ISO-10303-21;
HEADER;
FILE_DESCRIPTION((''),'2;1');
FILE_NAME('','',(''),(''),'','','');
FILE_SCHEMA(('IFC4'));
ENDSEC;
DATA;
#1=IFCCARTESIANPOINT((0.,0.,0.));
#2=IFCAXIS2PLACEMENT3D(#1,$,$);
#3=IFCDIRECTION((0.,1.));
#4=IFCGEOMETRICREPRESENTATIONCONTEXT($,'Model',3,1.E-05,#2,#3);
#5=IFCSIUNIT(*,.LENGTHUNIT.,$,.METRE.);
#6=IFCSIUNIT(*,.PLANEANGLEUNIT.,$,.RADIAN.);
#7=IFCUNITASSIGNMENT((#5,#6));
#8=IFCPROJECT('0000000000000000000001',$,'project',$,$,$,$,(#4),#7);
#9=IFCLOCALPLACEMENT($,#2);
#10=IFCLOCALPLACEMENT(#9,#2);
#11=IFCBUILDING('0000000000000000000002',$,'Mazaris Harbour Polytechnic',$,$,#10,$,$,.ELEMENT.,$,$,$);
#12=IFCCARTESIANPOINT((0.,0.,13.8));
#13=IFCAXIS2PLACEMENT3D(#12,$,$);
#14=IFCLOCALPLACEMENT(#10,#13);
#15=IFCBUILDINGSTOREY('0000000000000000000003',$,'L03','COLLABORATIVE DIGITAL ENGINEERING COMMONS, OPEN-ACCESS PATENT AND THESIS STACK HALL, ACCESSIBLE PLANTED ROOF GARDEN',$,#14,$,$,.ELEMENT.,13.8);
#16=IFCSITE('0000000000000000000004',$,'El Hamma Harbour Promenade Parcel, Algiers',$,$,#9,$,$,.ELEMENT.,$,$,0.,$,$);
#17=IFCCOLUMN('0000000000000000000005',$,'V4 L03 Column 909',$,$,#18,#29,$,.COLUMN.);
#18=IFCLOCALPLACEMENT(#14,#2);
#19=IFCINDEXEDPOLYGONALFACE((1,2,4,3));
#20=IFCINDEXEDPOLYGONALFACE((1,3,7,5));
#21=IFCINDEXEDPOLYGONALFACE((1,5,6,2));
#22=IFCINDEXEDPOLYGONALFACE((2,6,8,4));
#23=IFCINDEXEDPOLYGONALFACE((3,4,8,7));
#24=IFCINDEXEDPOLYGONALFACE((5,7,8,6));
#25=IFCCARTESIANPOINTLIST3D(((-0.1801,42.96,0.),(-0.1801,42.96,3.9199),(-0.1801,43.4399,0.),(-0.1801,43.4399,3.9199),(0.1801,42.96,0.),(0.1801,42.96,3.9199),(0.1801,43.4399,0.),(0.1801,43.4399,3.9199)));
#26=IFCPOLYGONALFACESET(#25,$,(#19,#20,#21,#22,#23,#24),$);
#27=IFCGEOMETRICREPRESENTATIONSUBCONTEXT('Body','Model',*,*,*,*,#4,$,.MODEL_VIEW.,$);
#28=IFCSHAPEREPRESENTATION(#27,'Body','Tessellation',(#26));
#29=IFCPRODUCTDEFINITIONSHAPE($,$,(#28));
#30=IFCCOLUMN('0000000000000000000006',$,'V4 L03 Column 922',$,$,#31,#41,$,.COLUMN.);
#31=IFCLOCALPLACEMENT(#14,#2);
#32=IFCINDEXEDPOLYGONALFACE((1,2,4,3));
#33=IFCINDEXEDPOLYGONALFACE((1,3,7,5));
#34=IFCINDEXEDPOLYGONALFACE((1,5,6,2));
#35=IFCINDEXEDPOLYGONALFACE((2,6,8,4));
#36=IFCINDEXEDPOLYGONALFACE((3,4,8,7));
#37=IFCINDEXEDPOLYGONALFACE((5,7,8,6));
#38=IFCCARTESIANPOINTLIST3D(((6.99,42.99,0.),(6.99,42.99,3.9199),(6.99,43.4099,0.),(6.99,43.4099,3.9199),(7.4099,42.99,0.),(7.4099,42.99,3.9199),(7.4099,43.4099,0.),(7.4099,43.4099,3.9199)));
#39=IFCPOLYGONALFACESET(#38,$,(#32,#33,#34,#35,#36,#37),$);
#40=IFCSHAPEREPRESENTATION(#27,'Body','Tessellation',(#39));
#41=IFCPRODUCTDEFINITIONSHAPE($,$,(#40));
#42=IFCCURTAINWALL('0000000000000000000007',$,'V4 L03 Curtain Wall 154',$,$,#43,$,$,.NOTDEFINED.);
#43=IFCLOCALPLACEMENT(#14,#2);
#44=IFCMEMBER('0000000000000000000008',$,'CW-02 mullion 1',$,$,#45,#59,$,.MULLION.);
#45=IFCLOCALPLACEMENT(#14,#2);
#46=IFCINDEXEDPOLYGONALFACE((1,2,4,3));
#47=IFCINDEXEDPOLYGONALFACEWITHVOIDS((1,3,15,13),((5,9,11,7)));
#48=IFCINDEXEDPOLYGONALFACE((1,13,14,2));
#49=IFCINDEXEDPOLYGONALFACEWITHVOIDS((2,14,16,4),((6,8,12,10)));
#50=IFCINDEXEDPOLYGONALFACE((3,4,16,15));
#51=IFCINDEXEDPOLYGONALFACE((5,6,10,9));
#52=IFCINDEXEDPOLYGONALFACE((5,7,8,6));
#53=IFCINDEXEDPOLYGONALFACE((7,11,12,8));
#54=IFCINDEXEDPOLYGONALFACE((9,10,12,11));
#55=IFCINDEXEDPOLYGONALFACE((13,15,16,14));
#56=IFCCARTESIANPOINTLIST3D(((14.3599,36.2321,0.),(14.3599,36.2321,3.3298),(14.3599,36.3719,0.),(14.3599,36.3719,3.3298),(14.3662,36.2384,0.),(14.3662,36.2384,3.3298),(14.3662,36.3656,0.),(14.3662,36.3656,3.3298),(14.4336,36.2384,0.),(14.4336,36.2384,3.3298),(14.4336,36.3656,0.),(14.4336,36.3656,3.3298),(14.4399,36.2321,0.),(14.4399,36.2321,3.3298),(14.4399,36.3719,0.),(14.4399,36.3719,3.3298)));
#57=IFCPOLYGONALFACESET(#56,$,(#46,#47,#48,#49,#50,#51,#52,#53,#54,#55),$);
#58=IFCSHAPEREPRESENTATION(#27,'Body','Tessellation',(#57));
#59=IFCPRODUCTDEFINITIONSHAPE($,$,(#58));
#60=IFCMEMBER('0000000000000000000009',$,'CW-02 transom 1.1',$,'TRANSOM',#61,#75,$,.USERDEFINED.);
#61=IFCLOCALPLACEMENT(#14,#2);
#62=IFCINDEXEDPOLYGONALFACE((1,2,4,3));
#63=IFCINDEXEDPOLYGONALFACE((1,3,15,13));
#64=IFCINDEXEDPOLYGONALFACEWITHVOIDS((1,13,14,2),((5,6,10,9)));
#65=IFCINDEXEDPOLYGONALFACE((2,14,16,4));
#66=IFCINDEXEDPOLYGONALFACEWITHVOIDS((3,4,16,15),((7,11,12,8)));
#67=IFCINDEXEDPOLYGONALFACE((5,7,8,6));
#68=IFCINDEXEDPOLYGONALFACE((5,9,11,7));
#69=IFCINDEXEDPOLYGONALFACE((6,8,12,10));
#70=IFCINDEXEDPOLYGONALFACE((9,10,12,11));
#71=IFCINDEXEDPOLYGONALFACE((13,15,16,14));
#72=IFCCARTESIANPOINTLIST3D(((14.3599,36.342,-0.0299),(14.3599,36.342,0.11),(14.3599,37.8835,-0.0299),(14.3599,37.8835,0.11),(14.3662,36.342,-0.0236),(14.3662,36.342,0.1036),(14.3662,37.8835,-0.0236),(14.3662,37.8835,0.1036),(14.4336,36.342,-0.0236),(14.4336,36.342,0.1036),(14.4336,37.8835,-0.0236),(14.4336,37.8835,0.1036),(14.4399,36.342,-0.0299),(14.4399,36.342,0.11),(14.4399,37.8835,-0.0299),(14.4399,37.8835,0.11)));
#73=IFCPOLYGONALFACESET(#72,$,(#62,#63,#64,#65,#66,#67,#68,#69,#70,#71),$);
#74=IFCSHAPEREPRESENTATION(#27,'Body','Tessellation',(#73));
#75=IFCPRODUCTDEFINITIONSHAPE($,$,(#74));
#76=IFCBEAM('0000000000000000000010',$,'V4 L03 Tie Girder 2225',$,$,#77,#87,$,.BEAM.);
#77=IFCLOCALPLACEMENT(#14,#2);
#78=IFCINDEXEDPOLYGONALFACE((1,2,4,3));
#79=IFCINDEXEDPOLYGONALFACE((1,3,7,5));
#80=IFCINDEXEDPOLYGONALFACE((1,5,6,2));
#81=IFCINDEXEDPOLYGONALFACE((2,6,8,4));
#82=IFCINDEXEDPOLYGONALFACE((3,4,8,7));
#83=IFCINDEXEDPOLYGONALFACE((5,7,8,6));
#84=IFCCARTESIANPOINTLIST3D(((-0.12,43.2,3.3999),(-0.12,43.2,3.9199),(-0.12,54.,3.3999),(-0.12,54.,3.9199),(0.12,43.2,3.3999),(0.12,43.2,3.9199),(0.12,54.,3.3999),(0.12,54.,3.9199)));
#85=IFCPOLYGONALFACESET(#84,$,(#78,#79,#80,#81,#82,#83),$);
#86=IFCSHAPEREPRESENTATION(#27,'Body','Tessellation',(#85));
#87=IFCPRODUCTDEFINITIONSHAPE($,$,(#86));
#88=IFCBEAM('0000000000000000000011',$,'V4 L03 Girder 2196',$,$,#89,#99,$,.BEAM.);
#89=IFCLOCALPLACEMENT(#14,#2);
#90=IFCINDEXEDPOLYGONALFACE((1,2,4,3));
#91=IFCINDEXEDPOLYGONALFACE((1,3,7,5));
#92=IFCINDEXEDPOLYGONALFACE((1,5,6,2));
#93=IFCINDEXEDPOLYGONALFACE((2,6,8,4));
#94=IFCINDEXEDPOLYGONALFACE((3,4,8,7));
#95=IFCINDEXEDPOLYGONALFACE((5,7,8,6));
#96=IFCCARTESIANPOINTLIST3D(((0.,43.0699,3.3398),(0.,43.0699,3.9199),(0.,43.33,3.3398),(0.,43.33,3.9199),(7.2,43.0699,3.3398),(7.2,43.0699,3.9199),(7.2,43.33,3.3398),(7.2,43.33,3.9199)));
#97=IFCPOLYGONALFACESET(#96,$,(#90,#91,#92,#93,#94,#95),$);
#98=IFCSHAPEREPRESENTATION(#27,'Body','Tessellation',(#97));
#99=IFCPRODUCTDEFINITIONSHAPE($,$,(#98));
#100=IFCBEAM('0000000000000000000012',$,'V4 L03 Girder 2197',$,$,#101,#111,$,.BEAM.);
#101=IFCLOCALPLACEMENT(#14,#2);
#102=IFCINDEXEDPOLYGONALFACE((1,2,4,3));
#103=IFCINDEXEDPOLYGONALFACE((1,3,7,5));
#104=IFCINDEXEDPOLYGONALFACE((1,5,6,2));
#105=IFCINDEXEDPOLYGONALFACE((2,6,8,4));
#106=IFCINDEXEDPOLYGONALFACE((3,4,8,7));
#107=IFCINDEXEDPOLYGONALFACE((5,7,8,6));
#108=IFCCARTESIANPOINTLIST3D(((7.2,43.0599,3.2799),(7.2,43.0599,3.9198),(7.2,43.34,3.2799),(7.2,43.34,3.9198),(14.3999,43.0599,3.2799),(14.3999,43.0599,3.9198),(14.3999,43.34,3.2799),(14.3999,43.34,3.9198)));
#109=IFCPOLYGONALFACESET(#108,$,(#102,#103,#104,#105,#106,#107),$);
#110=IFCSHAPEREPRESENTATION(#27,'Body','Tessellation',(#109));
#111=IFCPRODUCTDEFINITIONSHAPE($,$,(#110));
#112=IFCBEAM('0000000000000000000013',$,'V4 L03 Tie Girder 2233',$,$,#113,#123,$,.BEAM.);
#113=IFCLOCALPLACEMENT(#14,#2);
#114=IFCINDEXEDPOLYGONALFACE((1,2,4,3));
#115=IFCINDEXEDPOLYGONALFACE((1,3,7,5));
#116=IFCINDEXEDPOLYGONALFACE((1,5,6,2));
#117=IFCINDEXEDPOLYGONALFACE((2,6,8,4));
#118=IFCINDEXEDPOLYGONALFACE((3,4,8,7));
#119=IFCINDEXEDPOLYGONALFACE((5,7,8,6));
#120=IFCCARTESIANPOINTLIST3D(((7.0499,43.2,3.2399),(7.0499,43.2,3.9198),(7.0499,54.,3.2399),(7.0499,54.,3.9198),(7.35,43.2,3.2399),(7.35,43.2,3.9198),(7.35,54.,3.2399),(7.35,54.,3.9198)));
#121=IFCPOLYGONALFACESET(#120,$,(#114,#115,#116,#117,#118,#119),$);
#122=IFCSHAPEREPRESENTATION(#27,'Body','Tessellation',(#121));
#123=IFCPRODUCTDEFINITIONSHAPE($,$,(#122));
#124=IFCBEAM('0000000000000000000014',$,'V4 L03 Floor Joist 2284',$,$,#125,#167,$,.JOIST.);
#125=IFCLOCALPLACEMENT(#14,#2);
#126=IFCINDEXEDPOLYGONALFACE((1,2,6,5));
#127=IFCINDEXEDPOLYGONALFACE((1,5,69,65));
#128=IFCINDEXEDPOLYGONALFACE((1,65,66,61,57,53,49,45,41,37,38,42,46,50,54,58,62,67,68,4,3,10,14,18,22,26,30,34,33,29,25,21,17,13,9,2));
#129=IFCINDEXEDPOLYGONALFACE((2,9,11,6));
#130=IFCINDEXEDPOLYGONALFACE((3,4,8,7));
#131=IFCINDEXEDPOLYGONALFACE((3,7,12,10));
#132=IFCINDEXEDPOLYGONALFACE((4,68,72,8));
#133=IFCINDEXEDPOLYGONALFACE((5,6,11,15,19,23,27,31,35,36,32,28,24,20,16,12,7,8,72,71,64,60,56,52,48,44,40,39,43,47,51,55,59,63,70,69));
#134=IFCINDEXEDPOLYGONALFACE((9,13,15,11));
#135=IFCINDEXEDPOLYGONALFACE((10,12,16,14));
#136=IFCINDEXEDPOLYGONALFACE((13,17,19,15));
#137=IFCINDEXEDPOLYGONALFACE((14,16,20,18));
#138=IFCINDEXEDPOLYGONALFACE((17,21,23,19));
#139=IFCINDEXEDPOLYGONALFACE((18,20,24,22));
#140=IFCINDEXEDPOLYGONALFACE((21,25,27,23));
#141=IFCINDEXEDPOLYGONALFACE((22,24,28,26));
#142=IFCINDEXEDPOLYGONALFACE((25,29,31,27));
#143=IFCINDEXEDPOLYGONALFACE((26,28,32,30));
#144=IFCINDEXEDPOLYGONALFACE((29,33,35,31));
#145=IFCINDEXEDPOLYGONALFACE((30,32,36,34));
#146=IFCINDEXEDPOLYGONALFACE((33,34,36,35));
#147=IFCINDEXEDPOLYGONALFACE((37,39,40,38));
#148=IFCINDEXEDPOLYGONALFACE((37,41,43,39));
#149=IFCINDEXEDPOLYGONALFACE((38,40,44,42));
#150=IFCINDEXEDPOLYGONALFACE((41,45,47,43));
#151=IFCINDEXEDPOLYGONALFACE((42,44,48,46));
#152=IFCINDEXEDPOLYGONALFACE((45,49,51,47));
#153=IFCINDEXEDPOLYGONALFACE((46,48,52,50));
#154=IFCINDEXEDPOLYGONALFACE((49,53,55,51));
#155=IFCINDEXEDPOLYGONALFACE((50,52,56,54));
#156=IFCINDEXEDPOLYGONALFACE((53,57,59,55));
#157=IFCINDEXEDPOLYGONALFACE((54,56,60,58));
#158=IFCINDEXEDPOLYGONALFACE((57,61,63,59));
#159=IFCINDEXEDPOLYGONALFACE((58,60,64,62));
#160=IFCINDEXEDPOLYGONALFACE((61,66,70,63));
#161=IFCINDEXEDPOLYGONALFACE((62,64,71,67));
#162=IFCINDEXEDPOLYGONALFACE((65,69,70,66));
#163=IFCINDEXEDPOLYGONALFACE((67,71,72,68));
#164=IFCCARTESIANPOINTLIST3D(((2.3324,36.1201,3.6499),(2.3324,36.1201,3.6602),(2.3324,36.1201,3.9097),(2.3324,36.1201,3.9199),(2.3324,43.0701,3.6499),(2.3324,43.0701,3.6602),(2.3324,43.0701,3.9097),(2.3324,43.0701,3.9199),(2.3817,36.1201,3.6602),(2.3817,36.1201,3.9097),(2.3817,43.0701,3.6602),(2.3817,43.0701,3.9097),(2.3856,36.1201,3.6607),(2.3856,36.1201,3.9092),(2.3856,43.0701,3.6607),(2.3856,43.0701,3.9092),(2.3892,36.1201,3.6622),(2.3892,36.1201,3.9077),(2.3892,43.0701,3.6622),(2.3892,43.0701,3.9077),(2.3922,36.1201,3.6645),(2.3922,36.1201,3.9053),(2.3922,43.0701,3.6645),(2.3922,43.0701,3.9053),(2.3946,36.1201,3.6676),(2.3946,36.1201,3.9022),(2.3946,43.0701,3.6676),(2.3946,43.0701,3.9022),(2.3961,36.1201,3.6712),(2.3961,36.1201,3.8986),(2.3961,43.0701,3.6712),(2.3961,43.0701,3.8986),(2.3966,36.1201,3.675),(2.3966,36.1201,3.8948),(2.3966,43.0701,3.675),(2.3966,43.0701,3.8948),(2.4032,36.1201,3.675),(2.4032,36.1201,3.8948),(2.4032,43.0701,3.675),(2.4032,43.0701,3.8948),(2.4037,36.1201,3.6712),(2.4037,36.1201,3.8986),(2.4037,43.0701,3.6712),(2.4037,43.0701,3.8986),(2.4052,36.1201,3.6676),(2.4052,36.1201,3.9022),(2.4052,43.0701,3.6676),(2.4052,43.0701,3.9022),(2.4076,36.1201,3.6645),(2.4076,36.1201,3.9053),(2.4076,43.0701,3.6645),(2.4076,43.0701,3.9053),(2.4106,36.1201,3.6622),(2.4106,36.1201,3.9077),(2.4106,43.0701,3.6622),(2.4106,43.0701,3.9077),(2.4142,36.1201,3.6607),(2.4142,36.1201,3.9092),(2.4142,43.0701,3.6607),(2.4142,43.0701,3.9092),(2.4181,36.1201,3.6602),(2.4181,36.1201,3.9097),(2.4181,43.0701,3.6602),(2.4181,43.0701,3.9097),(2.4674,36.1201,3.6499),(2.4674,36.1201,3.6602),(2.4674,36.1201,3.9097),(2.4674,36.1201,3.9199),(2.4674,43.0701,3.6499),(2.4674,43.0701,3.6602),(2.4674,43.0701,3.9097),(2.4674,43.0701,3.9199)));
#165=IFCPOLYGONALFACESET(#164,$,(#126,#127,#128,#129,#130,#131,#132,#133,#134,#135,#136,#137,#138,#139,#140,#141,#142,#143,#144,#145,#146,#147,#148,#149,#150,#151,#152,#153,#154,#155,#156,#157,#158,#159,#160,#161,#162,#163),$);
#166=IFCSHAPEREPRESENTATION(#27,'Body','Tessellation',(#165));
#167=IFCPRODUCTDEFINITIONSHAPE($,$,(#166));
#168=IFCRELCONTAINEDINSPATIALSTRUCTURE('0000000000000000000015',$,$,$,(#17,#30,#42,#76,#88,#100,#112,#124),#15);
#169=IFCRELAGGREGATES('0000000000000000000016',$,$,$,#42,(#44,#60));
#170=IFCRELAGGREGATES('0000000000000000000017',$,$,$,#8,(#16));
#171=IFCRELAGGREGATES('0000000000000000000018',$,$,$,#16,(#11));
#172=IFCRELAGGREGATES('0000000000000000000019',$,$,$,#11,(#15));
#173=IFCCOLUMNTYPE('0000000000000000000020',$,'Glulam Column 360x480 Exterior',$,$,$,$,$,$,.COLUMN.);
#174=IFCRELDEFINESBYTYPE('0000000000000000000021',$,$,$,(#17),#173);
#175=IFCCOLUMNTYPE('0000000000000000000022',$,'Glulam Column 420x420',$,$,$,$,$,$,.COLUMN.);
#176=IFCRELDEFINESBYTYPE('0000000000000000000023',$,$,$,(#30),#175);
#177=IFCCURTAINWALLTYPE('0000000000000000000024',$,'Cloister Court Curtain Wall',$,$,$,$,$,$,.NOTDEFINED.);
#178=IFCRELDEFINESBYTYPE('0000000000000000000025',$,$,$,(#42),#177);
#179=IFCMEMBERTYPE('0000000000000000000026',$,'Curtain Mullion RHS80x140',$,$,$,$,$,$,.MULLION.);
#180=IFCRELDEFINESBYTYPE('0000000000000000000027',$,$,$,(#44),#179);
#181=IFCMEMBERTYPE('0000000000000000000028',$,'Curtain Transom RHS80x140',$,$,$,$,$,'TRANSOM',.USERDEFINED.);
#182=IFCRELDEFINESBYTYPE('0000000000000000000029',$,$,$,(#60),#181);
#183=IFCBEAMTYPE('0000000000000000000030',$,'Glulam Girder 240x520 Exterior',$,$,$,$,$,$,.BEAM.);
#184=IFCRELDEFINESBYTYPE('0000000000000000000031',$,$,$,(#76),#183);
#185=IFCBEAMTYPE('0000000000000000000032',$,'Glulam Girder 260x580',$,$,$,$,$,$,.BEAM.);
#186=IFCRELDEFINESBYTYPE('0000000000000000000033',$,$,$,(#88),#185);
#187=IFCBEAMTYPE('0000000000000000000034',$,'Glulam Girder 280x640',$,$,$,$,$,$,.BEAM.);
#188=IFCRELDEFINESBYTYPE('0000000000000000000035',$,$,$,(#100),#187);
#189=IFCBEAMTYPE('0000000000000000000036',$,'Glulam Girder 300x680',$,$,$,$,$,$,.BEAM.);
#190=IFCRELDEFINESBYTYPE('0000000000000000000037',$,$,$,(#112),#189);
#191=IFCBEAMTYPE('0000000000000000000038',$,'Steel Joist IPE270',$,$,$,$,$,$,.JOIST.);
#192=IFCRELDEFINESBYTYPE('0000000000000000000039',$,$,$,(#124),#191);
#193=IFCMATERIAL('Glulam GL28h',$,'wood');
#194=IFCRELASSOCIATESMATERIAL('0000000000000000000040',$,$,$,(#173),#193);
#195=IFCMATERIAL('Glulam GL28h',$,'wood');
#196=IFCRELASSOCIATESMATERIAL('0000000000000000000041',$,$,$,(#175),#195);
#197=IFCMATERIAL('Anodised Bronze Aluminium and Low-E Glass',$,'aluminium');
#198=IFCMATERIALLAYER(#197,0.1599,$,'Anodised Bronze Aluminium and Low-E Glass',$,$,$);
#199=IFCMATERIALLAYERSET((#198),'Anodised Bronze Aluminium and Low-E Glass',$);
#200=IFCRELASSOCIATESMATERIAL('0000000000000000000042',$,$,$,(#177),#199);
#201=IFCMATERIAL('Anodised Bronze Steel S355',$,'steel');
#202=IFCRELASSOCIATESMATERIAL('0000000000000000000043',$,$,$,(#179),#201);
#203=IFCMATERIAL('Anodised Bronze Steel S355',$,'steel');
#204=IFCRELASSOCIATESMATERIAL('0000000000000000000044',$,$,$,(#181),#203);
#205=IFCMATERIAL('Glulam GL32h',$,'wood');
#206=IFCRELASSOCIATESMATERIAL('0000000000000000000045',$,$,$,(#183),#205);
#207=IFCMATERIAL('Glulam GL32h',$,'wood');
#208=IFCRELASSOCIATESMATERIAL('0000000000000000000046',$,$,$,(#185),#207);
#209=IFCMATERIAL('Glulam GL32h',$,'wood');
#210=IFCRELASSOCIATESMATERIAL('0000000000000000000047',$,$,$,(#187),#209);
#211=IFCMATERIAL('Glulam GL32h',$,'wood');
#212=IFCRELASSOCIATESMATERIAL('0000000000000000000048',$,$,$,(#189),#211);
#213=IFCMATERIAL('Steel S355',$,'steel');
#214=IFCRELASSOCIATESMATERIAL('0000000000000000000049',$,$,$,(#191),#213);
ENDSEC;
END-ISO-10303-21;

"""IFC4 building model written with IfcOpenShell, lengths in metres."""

from ifc_helpers import new_model, si_unit, direction, frame, origin, origin_2d, place, context, subcontext, project, spatial, rectangle, hollow_rectangle, i_section, extrude, material, layer, layer_set, material_profile, profile_set, type_object, element, aggregate, save


model = new_model("IFC4")

# Units and contexts
model_context = context("Model", 3, precision=1e-05, world=origin(), true_north=direction((0.0, 1.0)))
body_context = subcontext(model_context, "Body", "Model", "MODEL_VIEW")
ifc_project = project(units=[si_unit("LENGTHUNIT", "METRE"), si_unit("PLANEANGLEUNIT", "RADIAN")], contexts=[model_context])

# Site, building, storey
site_placement = place(None, origin())
site = spatial("IfcSite", under=ifc_project, at=site_placement, Name="El Hamma Harbour Promenade Parcel, Algiers", CompositionType="ELEMENT", RefElevation=0.0)
building_placement = place(site_placement, origin())
building = spatial("IfcBuilding", under=site, at=building_placement, Name="Mazaris Harbour Polytechnic", CompositionType="ELEMENT")
storey_placement = place(building_placement, frame((0.0, 0.0, 13.8)))
storey = spatial("IfcBuildingStorey", under=building, at=storey_placement, Name="L03", Description="COLLABORATIVE DIGITAL ENGINEERING COMMONS, OPEN-ACCESS PATENT AND THESIS STACK HALL, ACCESSIBLE PLANTED ROOF GARDEN", CompositionType="ELEMENT", Elevation=13.8)

# Columns
ifc_material_1 = material(Name="Glulam GL28h", Category="wood")
ifc_material_profile_1 = material_profile(ifc_material_1, rectangle(XDim=0.3601, YDim=0.48, at=origin_2d()), Name="RECT360x480")
ifc_profile_set_1 = profile_set([ifc_material_profile_1], Name="Glulam GL28h")
column_type_1 = type_object("IfcColumnType", Name="Glulam Column 360x480 Exterior", PredefinedType="COLUMN", material=ifc_profile_set_1)
column_1_placement = place(storey_placement, frame((0.0, 43.2, 0.0), z_axis=(0.0, 0.0, 1.0), x_axis=(1.0, 0.0, 0.0)))
element("IfcColumn", 1, at=column_1_placement, inside=storey, type_object=column_type_1, Name="V4 L03 Column 909", PredefinedType="COLUMN", context=body_context, shape_type="SweptSolid", body=[
    extrude(rectangle(XDim=0.3601, YDim=0.48, at=origin_2d()), origin(), (0.0, 0.0, 1.0), 3.9199),
])
ifc_material_2 = material(Name="Glulam GL28h", Category="wood")
ifc_material_profile_2 = material_profile(ifc_material_2, rectangle(XDim=0.4199, YDim=0.4199, at=origin_2d()), Name="RECT420x420")
ifc_profile_set_2 = profile_set([ifc_material_profile_2], Name="Glulam GL28h")
column_type_2 = type_object("IfcColumnType", Name="Glulam Column 420x420", PredefinedType="COLUMN", material=ifc_profile_set_2)
column_2_placement = place(storey_placement, frame((7.2, 43.2, 0.0), z_axis=(0.0, 0.0, 1.0), x_axis=(1.0, 0.0, 0.0)))
element("IfcColumn", 2, at=column_2_placement, inside=storey, type_object=column_type_2, Name="V4 L03 Column 922", PredefinedType="COLUMN", context=body_context, shape_type="SweptSolid", body=[
    extrude(rectangle(XDim=0.4199, YDim=0.4199, at=origin_2d()), origin(), (0.0, 0.0, 1.0), 3.9199),
])

# Curtain wall, members
ifc_material_3 = material(Name="Anodised Bronze Aluminium and Low-E Glass", Category="aluminium")
ifc_layer_1 = layer(ifc_material_3, 0.1599, Name="Anodised Bronze Aluminium and Low-E Glass")
ifc_layer_set_1 = layer_set([ifc_layer_1], Name="Anodised Bronze Aluminium and Low-E Glass")
curtain_wall_type = type_object("IfcCurtainWallType", Name="Cloister Court Curtain Wall", PredefinedType="NOTDEFINED", material=ifc_layer_set_1)
curtain_wall_placement = place(storey_placement, origin())
curtain_wall = element("IfcCurtainWall", 3, at=curtain_wall_placement, inside=storey, type_object=curtain_wall_type, Name="V4 L03 Curtain Wall 154", PredefinedType="NOTDEFINED")
ifc_material_4 = material(Name="Anodised Bronze Steel S355", Category="steel")
ifc_material_profile_3 = material_profile(ifc_material_4, hollow_rectangle(XDim=0.0801, YDim=0.1399, WallThickness=0.0063, at=origin_2d()), Name="RHS 80x140x6.3")
ifc_profile_set_3 = profile_set([ifc_material_profile_3], Name="Anodised Bronze Steel S355")
member_type_1 = type_object("IfcMemberType", Name="Curtain Mullion RHS80x140", PredefinedType="MULLION", material=ifc_profile_set_3)
member_1_placement = place(storey_placement, frame((14.3999, 36.302, 0.0), z_axis=(0.0, 0.0, 1.0), x_axis=(-1.0, 0.0, 0.0)))
member_1 = element("IfcMember", 4, at=member_1_placement, type_object=member_type_1, Name="CW-02 mullion 1", PredefinedType="MULLION", context=body_context, shape_type="SweptSolid", body=[
    extrude(hollow_rectangle(XDim=0.0801, YDim=0.1399, WallThickness=0.0063, at=origin_2d()), origin(), (0.0, 0.0, 1.0), 3.3298),
])
ifc_material_5 = material(Name="Anodised Bronze Steel S355", Category="steel")
ifc_material_profile_4 = material_profile(ifc_material_5, hollow_rectangle(XDim=0.0801, YDim=0.1399, WallThickness=0.0063, at=origin_2d()), Name="RHS 80x140x6.3")
ifc_profile_set_4 = profile_set([ifc_material_profile_4], Name="Anodised Bronze Steel S355")
member_type_2 = type_object("IfcMemberType", Name="Curtain Transom RHS80x140", ElementType="TRANSOM", PredefinedType="USERDEFINED", material=ifc_profile_set_4)
member_2_placement = place(storey_placement, frame((14.3999, 36.342, 0.04), z_axis=(0.0, 1.0, 0.0), x_axis=(-1.0, 0.0, 0.0)))
member_2 = element("IfcMember", 5, at=member_2_placement, type_object=member_type_2, Name="CW-02 transom 1.1", ObjectType="TRANSOM", PredefinedType="USERDEFINED", context=body_context, shape_type="SweptSolid", body=[
    extrude(hollow_rectangle(XDim=0.0801, YDim=0.1399, WallThickness=0.0063, at=origin_2d()), origin(), (0.0, 0.0, 1.0), 1.5415),
])
aggregate(curtain_wall, [member_1, member_2])

# Beams
ifc_material_6 = material(Name="Glulam GL32h", Category="wood")
ifc_material_profile_5 = material_profile(ifc_material_6, rectangle(XDim=0.24, YDim=0.52, at=origin_2d()), Name="RECT240x520")
ifc_profile_set_5 = profile_set([ifc_material_profile_5], Name="Glulam GL32h")
beam_type_1 = type_object("IfcBeamType", Name="Glulam Girder 240x520 Exterior", PredefinedType="BEAM", material=ifc_profile_set_5)
beam_1_placement = place(storey_placement, frame((0.0, 43.2, 3.6599), z_axis=(0.0, 1.0, 0.0), x_axis=(-1.0, 0.0, 0.0)))
element("IfcBeam", 6, at=beam_1_placement, inside=storey, type_object=beam_type_1, Name="V4 L03 Tie Girder 2225", PredefinedType="BEAM", context=body_context, shape_type="SweptSolid", body=[
    extrude(rectangle(XDim=0.24, YDim=0.52, at=origin_2d()), origin(), (0.0, 0.0, 1.0), 10.8),
])
ifc_material_7 = material(Name="Glulam GL32h", Category="wood")
ifc_material_profile_6 = material_profile(ifc_material_7, rectangle(XDim=0.26, YDim=0.5801, at=origin_2d()), Name="RECT260x580")
ifc_profile_set_6 = profile_set([ifc_material_profile_6], Name="Glulam GL32h")
beam_type_2 = type_object("IfcBeamType", Name="Glulam Girder 260x580", PredefinedType="BEAM", material=ifc_profile_set_6)
beam_2_placement = place(storey_placement, frame((0.0, 43.2, 3.6299), z_axis=(1.0, 0.0, 0.0), x_axis=(0.0, 1.0, 0.0)))
element("IfcBeam", 7, at=beam_2_placement, inside=storey, type_object=beam_type_2, Name="V4 L03 Girder 2196", PredefinedType="BEAM", context=body_context, shape_type="SweptSolid", body=[
    extrude(rectangle(XDim=0.26, YDim=0.5801, at=origin_2d()), origin(), (0.0, 0.0, 1.0), 7.2),
])
ifc_material_8 = material(Name="Glulam GL32h", Category="wood")
ifc_material_profile_7 = material_profile(ifc_material_8, rectangle(XDim=0.28, YDim=0.6399, at=origin_2d()), Name="RECT280x640")
ifc_profile_set_7 = profile_set([ifc_material_profile_7], Name="Glulam GL32h")
beam_type_3 = type_object("IfcBeamType", Name="Glulam Girder 280x640", PredefinedType="BEAM", material=ifc_profile_set_7)
beam_3_placement = place(storey_placement, frame((7.2, 43.2, 3.5999), z_axis=(1.0, 0.0, 0.0), x_axis=(0.0, 1.0, 0.0)))
element("IfcBeam", 8, at=beam_3_placement, inside=storey, type_object=beam_type_3, Name="V4 L03 Girder 2197", PredefinedType="BEAM", context=body_context, shape_type="SweptSolid", body=[
    extrude(rectangle(XDim=0.28, YDim=0.6399, at=origin_2d()), origin(), (0.0, 0.0, 1.0), 7.2),
])
ifc_material_9 = material(Name="Glulam GL32h", Category="wood")
ifc_material_profile_8 = material_profile(ifc_material_9, rectangle(XDim=0.3, YDim=0.6799, at=origin_2d()), Name="RECT300x680")
ifc_profile_set_8 = profile_set([ifc_material_profile_8], Name="Glulam GL32h")
beam_type_4 = type_object("IfcBeamType", Name="Glulam Girder 300x680", PredefinedType="BEAM", material=ifc_profile_set_8)
beam_4_placement = place(storey_placement, frame((7.2, 43.2, 3.5798), z_axis=(0.0, 1.0, 0.0), x_axis=(-1.0, 0.0, 0.0)))
element("IfcBeam", 9, at=beam_4_placement, inside=storey, type_object=beam_type_4, Name="V4 L03 Tie Girder 2233", PredefinedType="BEAM", context=body_context, shape_type="SweptSolid", body=[
    extrude(rectangle(XDim=0.3, YDim=0.6799, at=origin_2d()), origin(), (0.0, 0.0, 1.0), 10.8),
])
ifc_material_10 = material(Name="Steel S355", Category="steel")
ifc_material_profile_9 = material_profile(ifc_material_10, i_section(OverallWidth=0.135, OverallDepth=0.27, WebThickness=0.0066, FlangeThickness=0.0103, FilletRadius=0.0149, at=origin_2d()), Name="IPE 270")
ifc_profile_set_9 = profile_set([ifc_material_profile_9], Name="Steel S355")
beam_type_5 = type_object("IfcBeamType", Name="Steel Joist IPE270", PredefinedType="JOIST", material=ifc_profile_set_9)
beam_5_placement = place(storey_placement, frame((2.3999, 36.1201, 3.7849), z_axis=(0.0, 1.0, 0.0), x_axis=(-1.0, 0.0, 0.0)))
element("IfcBeam", 10, at=beam_5_placement, inside=storey, type_object=beam_type_5, Name="V4 L03 Floor Joist 2284", PredefinedType="JOIST", context=body_context, shape_type="SweptSolid", body=[
    extrude(i_section(OverallWidth=0.135, OverallDepth=0.27, WebThickness=0.0066, FlangeThickness=0.0103, FilletRadius=0.0149, at=origin_2d()), origin(), (0.0, 0.0, 1.0), 6.95),
])

save(model, "model.ifc")
